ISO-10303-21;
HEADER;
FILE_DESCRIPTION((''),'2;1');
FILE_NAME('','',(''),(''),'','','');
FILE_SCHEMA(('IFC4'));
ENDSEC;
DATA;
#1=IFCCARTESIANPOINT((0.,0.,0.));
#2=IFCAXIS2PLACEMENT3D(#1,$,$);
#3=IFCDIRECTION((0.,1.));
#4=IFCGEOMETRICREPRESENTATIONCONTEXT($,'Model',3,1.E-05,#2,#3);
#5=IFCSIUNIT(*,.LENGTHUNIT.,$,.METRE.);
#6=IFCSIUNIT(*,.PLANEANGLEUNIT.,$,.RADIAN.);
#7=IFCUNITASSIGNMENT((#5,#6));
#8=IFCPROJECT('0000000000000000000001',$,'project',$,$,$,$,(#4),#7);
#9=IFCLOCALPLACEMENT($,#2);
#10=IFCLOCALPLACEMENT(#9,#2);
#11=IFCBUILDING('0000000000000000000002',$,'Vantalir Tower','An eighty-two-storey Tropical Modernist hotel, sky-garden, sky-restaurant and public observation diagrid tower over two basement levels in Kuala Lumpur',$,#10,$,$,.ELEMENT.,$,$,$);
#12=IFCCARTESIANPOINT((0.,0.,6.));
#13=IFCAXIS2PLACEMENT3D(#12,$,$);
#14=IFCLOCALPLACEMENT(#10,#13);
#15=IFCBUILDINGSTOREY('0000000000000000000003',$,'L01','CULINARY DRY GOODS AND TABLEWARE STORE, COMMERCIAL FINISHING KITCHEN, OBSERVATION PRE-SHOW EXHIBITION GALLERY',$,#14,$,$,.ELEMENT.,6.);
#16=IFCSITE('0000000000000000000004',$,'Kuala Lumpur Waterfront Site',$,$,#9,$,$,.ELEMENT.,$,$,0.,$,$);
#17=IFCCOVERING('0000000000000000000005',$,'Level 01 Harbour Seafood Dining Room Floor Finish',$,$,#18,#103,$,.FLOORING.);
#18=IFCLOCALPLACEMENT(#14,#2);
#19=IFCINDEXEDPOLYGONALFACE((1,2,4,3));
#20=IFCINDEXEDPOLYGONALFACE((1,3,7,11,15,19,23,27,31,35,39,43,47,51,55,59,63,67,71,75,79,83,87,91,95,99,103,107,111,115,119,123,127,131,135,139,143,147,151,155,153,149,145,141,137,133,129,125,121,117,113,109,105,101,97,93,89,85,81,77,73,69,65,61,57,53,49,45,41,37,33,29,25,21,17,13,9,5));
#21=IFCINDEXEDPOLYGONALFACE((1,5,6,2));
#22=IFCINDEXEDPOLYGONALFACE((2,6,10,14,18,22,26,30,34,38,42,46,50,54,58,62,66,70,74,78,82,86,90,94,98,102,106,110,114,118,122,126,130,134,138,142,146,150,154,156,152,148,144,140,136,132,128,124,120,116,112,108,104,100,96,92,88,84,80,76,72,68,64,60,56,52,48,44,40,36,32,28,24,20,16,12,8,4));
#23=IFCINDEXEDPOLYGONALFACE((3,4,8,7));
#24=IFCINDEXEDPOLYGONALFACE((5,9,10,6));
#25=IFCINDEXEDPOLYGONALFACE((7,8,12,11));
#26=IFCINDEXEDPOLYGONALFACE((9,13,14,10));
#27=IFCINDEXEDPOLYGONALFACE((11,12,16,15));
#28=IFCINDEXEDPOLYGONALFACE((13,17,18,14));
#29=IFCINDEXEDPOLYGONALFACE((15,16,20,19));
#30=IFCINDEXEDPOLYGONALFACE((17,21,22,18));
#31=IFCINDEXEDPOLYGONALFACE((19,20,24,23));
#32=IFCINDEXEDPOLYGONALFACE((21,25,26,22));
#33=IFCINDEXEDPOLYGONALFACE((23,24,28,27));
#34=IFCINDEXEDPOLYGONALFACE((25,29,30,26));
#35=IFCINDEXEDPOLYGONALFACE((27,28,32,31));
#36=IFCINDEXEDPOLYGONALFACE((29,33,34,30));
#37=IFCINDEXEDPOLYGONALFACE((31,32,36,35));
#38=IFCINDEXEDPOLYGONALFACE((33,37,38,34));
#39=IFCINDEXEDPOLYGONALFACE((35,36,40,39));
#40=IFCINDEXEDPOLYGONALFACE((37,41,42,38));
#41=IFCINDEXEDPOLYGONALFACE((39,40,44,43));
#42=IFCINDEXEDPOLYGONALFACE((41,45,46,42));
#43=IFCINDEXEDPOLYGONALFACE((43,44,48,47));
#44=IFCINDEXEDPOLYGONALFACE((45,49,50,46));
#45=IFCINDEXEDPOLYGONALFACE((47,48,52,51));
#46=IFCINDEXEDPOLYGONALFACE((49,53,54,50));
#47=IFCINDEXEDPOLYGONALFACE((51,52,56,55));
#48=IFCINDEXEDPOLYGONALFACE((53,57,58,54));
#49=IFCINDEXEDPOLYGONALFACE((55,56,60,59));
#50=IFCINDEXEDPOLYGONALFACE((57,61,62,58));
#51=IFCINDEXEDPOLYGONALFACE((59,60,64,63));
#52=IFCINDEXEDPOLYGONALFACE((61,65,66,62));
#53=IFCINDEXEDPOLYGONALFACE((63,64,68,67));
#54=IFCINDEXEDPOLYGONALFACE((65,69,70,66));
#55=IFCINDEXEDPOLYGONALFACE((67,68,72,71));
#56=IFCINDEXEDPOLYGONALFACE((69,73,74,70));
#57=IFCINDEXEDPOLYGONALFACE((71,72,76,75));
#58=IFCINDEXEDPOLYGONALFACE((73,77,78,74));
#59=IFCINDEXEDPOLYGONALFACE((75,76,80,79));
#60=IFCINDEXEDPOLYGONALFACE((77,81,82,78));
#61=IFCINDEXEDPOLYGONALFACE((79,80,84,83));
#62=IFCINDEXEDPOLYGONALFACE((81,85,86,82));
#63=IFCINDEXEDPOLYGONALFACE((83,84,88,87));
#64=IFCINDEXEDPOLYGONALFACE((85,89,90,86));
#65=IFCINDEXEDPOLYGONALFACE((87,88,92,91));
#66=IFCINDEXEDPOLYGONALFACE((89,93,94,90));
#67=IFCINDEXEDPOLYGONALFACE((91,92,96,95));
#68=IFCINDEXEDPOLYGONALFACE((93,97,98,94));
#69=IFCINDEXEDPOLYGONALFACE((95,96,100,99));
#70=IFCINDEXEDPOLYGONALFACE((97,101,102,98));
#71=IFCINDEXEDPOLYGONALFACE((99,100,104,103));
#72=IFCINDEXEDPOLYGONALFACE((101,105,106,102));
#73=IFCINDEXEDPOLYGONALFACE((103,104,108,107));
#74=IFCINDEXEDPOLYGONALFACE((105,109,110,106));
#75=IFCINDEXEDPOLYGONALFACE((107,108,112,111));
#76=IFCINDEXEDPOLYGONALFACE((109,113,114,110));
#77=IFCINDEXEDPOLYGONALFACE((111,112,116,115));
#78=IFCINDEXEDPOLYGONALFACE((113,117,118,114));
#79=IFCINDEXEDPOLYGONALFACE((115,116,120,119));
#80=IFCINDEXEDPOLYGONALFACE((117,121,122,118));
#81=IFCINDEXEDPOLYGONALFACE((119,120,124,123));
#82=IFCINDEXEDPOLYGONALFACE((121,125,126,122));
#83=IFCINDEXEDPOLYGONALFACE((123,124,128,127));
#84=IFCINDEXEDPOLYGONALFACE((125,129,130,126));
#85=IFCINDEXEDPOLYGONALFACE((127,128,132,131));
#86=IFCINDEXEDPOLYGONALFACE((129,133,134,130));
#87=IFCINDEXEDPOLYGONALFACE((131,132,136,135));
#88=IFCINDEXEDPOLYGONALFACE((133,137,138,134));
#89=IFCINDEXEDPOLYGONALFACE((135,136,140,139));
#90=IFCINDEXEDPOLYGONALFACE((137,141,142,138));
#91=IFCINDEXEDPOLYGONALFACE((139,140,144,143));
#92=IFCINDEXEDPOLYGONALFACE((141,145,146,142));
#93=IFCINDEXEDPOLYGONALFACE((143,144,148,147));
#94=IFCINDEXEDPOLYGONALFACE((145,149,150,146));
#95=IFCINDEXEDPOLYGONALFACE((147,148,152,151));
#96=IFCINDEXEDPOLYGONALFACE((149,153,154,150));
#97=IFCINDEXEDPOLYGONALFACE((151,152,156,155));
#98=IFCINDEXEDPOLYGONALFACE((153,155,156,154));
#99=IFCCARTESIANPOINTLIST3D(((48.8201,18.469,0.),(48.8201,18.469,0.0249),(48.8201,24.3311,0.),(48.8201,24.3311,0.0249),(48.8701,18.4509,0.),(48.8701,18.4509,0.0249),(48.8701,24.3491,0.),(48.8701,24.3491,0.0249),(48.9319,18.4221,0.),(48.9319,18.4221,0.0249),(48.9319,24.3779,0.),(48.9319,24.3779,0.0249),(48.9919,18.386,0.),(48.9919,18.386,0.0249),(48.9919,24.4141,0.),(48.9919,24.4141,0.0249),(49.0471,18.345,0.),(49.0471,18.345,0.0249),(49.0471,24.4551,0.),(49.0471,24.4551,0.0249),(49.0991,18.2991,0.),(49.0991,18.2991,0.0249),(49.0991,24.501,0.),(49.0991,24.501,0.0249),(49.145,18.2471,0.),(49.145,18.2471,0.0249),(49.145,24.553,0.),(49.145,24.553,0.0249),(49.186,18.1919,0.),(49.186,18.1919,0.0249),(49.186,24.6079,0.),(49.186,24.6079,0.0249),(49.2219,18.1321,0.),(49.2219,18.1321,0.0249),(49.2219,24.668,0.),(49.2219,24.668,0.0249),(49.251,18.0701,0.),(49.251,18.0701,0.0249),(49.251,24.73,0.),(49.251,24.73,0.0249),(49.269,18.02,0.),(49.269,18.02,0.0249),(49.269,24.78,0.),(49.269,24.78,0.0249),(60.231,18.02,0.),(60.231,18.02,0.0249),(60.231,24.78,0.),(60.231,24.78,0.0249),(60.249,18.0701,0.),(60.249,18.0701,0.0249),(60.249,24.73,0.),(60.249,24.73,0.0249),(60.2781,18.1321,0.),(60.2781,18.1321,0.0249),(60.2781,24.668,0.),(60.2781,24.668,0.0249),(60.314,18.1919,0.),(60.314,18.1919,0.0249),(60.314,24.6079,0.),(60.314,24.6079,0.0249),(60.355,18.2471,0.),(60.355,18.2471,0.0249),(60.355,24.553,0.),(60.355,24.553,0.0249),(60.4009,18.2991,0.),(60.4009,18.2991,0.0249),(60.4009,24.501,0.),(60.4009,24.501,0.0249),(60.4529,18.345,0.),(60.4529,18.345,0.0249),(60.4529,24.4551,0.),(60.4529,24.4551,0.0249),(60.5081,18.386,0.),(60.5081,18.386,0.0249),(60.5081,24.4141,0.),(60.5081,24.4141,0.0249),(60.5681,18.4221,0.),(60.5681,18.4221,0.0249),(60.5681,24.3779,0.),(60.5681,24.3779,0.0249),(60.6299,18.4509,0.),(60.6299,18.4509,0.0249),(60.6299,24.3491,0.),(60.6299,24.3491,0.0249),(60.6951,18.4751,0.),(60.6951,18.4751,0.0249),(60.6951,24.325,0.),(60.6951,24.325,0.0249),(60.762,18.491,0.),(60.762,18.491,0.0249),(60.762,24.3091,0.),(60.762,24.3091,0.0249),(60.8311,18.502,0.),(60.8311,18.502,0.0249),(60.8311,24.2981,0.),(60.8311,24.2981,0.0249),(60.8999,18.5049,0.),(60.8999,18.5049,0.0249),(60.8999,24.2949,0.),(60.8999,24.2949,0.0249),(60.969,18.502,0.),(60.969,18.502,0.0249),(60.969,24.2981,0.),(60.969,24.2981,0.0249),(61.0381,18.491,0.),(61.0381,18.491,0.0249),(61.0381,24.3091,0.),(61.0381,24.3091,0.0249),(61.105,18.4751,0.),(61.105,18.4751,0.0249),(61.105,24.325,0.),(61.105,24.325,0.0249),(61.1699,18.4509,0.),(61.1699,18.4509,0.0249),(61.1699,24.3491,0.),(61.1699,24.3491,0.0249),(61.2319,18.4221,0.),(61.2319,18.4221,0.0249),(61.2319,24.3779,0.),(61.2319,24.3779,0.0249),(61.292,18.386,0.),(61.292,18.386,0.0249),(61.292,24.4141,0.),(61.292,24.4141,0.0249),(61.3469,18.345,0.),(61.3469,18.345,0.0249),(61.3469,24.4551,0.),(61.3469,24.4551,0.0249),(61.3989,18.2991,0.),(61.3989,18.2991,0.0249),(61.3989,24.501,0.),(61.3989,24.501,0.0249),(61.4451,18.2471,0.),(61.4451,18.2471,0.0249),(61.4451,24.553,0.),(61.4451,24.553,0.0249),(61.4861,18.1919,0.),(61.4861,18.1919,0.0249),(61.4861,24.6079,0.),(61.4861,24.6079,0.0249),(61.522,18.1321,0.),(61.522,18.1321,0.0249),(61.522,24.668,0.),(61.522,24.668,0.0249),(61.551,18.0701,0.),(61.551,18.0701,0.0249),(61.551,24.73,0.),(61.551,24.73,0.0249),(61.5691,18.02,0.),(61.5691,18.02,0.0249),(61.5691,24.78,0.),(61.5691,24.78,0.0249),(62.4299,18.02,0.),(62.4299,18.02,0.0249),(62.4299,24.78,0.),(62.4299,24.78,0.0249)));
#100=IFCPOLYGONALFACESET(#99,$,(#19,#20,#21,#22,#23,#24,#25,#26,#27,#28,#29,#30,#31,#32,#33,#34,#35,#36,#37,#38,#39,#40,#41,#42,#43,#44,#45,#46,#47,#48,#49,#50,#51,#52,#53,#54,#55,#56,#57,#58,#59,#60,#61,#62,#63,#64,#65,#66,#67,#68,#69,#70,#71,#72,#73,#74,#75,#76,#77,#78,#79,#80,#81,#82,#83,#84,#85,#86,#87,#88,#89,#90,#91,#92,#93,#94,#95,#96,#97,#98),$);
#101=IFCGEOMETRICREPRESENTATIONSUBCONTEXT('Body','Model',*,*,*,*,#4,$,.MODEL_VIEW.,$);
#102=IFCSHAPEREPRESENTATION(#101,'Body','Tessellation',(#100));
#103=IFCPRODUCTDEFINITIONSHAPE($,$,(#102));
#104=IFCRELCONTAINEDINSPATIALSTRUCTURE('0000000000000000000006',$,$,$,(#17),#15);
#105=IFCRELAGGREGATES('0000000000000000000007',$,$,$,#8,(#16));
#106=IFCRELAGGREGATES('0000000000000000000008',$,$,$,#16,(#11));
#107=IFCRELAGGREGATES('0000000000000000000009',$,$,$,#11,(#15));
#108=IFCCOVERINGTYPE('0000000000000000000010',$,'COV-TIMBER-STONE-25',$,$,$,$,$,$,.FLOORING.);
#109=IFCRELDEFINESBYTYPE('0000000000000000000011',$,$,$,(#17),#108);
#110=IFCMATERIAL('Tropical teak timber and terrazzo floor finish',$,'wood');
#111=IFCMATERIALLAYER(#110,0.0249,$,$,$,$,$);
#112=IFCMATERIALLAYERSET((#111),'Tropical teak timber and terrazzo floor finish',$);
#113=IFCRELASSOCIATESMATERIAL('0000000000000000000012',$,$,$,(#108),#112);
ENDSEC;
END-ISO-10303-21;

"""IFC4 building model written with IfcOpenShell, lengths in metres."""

from ifc_helpers import new_model, si_unit, direction, frame, origin, place, context, subcontext, project, spatial, polyline, outline, extrude, material, layer, layer_set, type_object, element, save


model = new_model("IFC4")

# Units and contexts
model_context = context("Model", 3, precision=1e-05, world=origin(), true_north=direction((0.0, 1.0)))
body_context = subcontext(model_context, "Body", "Model", "MODEL_VIEW")
ifc_project = project(units=[si_unit("LENGTHUNIT", "METRE"), si_unit("PLANEANGLEUNIT", "RADIAN")], contexts=[model_context])

# Site, building, storey
site_placement = place(None, origin())
site = spatial("IfcSite", under=ifc_project, at=site_placement, Name="Kuala Lumpur Waterfront Site", CompositionType="ELEMENT", RefElevation=0.0)
building_placement = place(site_placement, origin())
building = spatial("IfcBuilding", under=site, at=building_placement, Name="Vantalir Tower", Description="An eighty-two-storey Tropical Modernist hotel, sky-garden, sky-restaurant and public observation diagrid tower over two basement levels in Kuala Lumpur", CompositionType="ELEMENT")
storey_placement = place(building_placement, frame((0.0, 0.0, 6.0)))
storey = spatial("IfcBuildingStorey", under=building, at=storey_placement, Name="L01", Description="CULINARY DRY GOODS AND TABLEWARE STORE, COMMERCIAL FINISHING KITCHEN, OBSERVATION PRE-SHOW EXHIBITION GALLERY", CompositionType="ELEMENT", Elevation=6.0)

# Covering
ifc_material_1 = material(Name="Tropical teak timber and terrazzo floor finish", Category="wood")
ifc_layer_1 = layer(ifc_material_1, 0.0249)
ifc_layer_set_1 = layer_set([ifc_layer_1], Name="Tropical teak timber and terrazzo floor finish")
covering_type_1 = type_object("IfcCoveringType", Name="COV-TIMBER-STONE-25", PredefinedType="FLOORING", material=ifc_layer_set_1)
covering_1_placement = place(storey_placement, origin())
element("IfcCovering", 1, at=covering_1_placement, inside=storey, type_object=covering_type_1, Name="Level 01 Harbour Seafood Dining Room Floor Finish", PredefinedType="FLOORING", context=body_context, shape_type="SweptSolid", body=[
    extrude(outline(polyline([(62.4299, 24.78), (61.5691, 24.78), (61.551, 24.73), (61.522, 24.668), (61.4861, 24.6079), (61.4451, 24.553), (61.3989, 24.501), (61.3469, 24.4551), (61.292, 24.4141), (61.2319, 24.3779), (61.1699, 24.3491), (61.105, 24.325), (61.0381, 24.3091), (60.969, 24.2981), (60.8999, 24.2949), (60.8311, 24.2981), (60.762, 24.3091), (60.6951, 24.325), (60.6299, 24.3491), (60.5681, 24.3779), (60.5081, 24.4141), (60.4529, 24.4551), (60.4009, 24.501), (60.355, 24.553), (60.314, 24.6079), (60.2781, 24.668), (60.249, 24.73), (60.231, 24.78), (49.269, 24.78), (49.251, 24.73), (49.2219, 24.668), (49.186, 24.6079), (49.145, 24.553), (49.0991, 24.501), (49.0471, 24.4551), (48.9919, 24.4141), (48.9319, 24.3779), (48.8701, 24.3491), (48.8201, 24.3311), (48.8201, 18.469), (48.8701, 18.4509), (48.9319, 18.4221), (48.9919, 18.386), (49.0471, 18.345), (49.0991, 18.2991), (49.145, 18.2471), (49.186, 18.1919), (49.2219, 18.1321), (49.251, 18.0701), (49.269, 18.02), (60.231, 18.02), (60.249, 18.0701), (60.2781, 18.1321), (60.314, 18.1919), (60.355, 18.2471), (60.4009, 18.2991), (60.4529, 18.345), (60.5081, 18.386), (60.5681, 18.4221), (60.6299, 18.4509), (60.6951, 18.4751), (60.762, 18.491), (60.8311, 18.502), (60.8999, 18.5049), (60.969, 18.502), (61.0381, 18.491), (61.105, 18.4751), (61.1699, 18.4509), (61.2319, 18.4221), (61.292, 18.386), (61.3469, 18.345), (61.3989, 18.2991), (61.4451, 18.2471), (61.4861, 18.1919), (61.522, 18.1321), (61.551, 18.0701), (61.5691, 18.02), (62.4299, 18.02), (62.4299, 24.78)])), origin(), (0.0, 0.0, 1.0), 0.0249),
])

save(model, "model.ifc")
